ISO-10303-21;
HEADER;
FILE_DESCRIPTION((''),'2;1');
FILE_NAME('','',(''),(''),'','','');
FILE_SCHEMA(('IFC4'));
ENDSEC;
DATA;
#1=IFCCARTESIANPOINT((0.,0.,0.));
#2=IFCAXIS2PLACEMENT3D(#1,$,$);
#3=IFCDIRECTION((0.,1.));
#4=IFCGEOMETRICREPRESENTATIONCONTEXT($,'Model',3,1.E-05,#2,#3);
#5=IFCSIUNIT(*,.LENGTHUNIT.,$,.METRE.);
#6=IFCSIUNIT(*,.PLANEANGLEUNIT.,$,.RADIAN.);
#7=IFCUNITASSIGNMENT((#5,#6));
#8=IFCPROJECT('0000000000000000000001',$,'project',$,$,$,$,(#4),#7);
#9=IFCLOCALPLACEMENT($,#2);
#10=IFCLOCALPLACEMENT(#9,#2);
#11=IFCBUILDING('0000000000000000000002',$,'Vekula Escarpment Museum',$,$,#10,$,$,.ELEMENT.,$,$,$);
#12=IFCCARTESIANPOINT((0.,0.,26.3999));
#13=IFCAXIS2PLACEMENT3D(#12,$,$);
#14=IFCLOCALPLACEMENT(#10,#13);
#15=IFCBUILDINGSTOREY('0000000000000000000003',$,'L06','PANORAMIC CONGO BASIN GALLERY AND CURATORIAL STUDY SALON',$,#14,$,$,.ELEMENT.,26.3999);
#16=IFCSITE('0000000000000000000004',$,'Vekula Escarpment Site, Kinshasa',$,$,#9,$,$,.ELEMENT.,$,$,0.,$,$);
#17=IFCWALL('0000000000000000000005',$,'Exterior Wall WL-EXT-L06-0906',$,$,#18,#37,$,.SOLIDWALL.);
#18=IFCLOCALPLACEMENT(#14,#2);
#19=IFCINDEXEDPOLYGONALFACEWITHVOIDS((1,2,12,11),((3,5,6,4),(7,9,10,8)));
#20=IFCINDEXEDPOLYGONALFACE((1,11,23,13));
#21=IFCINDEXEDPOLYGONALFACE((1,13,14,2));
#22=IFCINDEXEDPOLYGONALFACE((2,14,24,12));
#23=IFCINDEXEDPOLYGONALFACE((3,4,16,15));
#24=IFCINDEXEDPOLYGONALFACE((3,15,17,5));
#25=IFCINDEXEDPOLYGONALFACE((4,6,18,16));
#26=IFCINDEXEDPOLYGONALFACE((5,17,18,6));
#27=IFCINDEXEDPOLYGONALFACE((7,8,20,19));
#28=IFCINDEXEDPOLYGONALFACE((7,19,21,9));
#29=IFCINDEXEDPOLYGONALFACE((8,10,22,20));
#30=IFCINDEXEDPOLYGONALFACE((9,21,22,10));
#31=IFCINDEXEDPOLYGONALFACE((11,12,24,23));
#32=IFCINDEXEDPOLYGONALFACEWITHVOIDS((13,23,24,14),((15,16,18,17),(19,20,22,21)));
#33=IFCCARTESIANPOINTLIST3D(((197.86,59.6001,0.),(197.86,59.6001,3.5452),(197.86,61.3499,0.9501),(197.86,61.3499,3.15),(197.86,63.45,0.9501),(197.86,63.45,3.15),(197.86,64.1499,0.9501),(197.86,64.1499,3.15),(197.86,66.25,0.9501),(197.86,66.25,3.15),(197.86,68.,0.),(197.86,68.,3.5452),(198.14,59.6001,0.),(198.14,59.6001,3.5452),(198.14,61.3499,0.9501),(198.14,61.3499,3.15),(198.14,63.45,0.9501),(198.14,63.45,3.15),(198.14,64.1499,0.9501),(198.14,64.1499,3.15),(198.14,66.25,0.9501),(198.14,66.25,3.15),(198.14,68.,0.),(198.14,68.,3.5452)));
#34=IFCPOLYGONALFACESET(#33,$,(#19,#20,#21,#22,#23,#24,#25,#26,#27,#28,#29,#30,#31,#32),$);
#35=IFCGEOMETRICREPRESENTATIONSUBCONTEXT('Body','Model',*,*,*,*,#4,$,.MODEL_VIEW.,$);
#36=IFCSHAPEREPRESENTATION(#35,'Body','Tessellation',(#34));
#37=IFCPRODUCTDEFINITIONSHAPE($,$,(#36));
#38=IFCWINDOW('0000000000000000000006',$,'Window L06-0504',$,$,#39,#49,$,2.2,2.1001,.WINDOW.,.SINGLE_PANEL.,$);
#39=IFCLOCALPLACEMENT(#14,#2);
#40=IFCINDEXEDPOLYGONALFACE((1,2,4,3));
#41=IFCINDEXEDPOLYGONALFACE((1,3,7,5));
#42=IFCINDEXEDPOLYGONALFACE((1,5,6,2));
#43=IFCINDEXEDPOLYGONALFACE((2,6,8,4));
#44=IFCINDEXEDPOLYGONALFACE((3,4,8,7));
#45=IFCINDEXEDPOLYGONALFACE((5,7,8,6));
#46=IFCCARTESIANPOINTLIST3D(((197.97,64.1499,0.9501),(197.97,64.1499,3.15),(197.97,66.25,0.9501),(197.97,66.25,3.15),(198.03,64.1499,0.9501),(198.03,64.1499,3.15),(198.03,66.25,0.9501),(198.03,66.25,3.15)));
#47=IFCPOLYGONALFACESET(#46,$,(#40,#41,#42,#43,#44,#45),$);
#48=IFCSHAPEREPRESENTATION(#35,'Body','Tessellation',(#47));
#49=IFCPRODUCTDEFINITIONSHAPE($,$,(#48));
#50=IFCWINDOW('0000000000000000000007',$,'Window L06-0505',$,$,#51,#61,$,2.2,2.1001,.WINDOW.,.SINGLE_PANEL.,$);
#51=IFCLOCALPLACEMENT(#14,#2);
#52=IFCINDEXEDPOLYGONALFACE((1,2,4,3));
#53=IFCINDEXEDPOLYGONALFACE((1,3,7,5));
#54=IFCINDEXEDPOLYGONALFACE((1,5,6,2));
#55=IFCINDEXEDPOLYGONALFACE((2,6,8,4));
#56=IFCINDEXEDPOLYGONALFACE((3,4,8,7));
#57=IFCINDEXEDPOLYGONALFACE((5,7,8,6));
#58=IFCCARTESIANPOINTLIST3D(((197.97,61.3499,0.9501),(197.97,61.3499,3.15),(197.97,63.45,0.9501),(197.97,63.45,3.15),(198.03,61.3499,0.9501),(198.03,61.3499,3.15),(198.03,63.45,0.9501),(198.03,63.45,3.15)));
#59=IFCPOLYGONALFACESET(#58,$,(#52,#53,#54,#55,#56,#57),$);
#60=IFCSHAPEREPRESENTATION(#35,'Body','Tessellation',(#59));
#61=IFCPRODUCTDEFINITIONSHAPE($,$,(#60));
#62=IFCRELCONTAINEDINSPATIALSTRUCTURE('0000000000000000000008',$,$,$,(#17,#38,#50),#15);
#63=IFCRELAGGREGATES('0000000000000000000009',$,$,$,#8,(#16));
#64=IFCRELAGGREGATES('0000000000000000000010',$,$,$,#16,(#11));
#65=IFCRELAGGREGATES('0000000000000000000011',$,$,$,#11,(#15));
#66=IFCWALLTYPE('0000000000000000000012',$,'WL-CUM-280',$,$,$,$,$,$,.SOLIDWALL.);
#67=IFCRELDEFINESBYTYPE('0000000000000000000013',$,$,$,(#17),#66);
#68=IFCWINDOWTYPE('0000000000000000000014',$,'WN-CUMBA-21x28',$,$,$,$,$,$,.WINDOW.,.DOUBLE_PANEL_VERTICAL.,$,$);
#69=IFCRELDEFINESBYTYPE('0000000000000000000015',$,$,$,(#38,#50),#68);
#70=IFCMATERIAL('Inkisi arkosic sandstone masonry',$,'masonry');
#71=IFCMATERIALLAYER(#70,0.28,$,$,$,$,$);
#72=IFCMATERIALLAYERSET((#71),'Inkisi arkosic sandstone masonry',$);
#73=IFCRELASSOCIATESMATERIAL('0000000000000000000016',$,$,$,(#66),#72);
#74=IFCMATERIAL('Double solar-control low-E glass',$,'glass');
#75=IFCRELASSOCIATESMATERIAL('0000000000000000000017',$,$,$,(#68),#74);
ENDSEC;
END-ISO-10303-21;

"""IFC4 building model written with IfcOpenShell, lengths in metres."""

from ifc_helpers import new_model, si_unit, direction, frame, frame_2d, origin, place, context, subcontext, project, spatial, rectangle, extrude, material, layer, layer_set, type_object, element, fill, save


model = new_model("IFC4")

# Units and contexts
model_context = context("Model", 3, precision=1e-05, world=origin(), true_north=direction((0.0, 1.0)))
body_context = subcontext(model_context, "Body", "Model", "MODEL_VIEW")
ifc_project = project(units=[si_unit("LENGTHUNIT", "METRE"), si_unit("PLANEANGLEUNIT", "RADIAN")], contexts=[model_context])

# Site, building, storey
site_placement = place(None, origin())
site = spatial("IfcSite", under=ifc_project, at=site_placement, Name="Vekula Escarpment Site, Kinshasa", CompositionType="ELEMENT", RefElevation=0.0)
building_placement = place(site_placement, origin())
building = spatial("IfcBuilding", under=site, at=building_placement, Name="Vekula Escarpment Museum", CompositionType="ELEMENT")
storey_placement = place(building_placement, frame((0.0, 0.0, 26.3999)))
storey = spatial("IfcBuildingStorey", under=building, at=storey_placement, Name="L06", Description="PANORAMIC CONGO BASIN GALLERY AND CURATORIAL STUDY SALON", CompositionType="ELEMENT", Elevation=26.3999)

# Wall, openings, windows
ifc_material_1 = material(Name="Inkisi arkosic sandstone masonry", Category="masonry")
ifc_layer_1 = layer(ifc_material_1, 0.28)
ifc_layer_set_1 = layer_set([ifc_layer_1], Name="Inkisi arkosic sandstone masonry")
wall_type_1 = type_object("IfcWallType", Name="WL-CUM-280", PredefinedType="SOLIDWALL", material=ifc_layer_set_1)
wall_1_placement = place(storey_placement, frame((198.0, 68.0, 0.0), z_axis=(0.0, 0.0, 1.0), x_axis=(0.0, -1.0, 0.0)))
wall_1 = element("IfcWall", 1, at=wall_1_placement, inside=storey, type_object=wall_type_1, Name="Exterior Wall WL-EXT-L06-0906", PredefinedType="SOLIDWALL", context=body_context, shape_type="SweptSolid", body=[
    extrude(rectangle(XDim=8.3999, YDim=0.28, at=frame_2d((4.2, 0.0))), origin(), (0.0, 0.0, 1.0), 3.5452),
])
opening_1_placement = place(wall_1_placement, frame((1.75, 0.0, 0.95)))
opening_1 = element("IfcOpeningElement", 2, at=opening_1_placement, cuts=wall_1, PredefinedType="OPENING", context=body_context, shape_type="SweptSolid", body=[
    extrude(rectangle(XDim=2.1001, YDim=2.2, at=frame_2d((1.05, 1.1001))), frame((0.0, 0.1499, 0.0), z_axis=(0.0, -1.0, 0.0), x_axis=(1.0, 0.0, 0.0)), (0.0, 0.0, 1.0), 0.3),
])
opening_2_placement = place(wall_1_placement, frame((4.55, 0.0, 0.95)))
opening_2 = element("IfcOpeningElement", 3, at=opening_2_placement, cuts=wall_1, PredefinedType="OPENING", context=body_context, shape_type="SweptSolid", body=[
    extrude(rectangle(XDim=2.1001, YDim=2.2, at=frame_2d((1.05, 1.1001))), frame((0.0, 0.1499, 0.0), z_axis=(0.0, -1.0, 0.0), x_axis=(1.0, 0.0, 0.0)), (0.0, 0.0, 1.0), 0.3),
])
ifc_material_2 = material(Name="Double solar-control low-E glass", Category="glass")
window_type = type_object("IfcWindowType", Name="WN-CUMBA-21x28", PartitioningType="DOUBLE_PANEL_VERTICAL", PredefinedType="WINDOW", material=ifc_material_2)
window_1_placement = place(opening_1_placement, origin())
window_1 = element("IfcWindow", 4, at=window_1_placement, inside=storey, type_object=window_type, Name="Window L06-0504", OverallHeight=2.2, OverallWidth=2.1001, PartitioningType="SINGLE_PANEL", PredefinedType="WINDOW", context=body_context, shape_type="SweptSolid", body=[
    extrude(rectangle(XDim=2.1001, YDim=2.2, at=frame_2d((1.05, 1.1001))), frame((0.0, 0.03, 0.0), z_axis=(0.0, -1.0, 0.0), x_axis=(1.0, 0.0, 0.0)), (0.0, 0.0, 1.0), 0.0601),
])
fill(opening_1, window_1)
window_2_placement = place(opening_2_placement, origin())
window_2 = element("IfcWindow", 5, at=window_2_placement, inside=storey, type_object=window_type, Name="Window L06-0505", OverallHeight=2.2, OverallWidth=2.1001, PartitioningType="SINGLE_PANEL", PredefinedType="WINDOW", context=body_context, shape_type="SweptSolid", body=[
    extrude(rectangle(XDim=2.1001, YDim=2.2, at=frame_2d((1.05, 1.1001))), frame((0.0, 0.03, 0.0), z_axis=(0.0, -1.0, 0.0), x_axis=(1.0, 0.0, 0.0)), (0.0, 0.0, 1.0), 0.0601),
])
fill(opening_2, window_2)

save(model, "model.ifc")
